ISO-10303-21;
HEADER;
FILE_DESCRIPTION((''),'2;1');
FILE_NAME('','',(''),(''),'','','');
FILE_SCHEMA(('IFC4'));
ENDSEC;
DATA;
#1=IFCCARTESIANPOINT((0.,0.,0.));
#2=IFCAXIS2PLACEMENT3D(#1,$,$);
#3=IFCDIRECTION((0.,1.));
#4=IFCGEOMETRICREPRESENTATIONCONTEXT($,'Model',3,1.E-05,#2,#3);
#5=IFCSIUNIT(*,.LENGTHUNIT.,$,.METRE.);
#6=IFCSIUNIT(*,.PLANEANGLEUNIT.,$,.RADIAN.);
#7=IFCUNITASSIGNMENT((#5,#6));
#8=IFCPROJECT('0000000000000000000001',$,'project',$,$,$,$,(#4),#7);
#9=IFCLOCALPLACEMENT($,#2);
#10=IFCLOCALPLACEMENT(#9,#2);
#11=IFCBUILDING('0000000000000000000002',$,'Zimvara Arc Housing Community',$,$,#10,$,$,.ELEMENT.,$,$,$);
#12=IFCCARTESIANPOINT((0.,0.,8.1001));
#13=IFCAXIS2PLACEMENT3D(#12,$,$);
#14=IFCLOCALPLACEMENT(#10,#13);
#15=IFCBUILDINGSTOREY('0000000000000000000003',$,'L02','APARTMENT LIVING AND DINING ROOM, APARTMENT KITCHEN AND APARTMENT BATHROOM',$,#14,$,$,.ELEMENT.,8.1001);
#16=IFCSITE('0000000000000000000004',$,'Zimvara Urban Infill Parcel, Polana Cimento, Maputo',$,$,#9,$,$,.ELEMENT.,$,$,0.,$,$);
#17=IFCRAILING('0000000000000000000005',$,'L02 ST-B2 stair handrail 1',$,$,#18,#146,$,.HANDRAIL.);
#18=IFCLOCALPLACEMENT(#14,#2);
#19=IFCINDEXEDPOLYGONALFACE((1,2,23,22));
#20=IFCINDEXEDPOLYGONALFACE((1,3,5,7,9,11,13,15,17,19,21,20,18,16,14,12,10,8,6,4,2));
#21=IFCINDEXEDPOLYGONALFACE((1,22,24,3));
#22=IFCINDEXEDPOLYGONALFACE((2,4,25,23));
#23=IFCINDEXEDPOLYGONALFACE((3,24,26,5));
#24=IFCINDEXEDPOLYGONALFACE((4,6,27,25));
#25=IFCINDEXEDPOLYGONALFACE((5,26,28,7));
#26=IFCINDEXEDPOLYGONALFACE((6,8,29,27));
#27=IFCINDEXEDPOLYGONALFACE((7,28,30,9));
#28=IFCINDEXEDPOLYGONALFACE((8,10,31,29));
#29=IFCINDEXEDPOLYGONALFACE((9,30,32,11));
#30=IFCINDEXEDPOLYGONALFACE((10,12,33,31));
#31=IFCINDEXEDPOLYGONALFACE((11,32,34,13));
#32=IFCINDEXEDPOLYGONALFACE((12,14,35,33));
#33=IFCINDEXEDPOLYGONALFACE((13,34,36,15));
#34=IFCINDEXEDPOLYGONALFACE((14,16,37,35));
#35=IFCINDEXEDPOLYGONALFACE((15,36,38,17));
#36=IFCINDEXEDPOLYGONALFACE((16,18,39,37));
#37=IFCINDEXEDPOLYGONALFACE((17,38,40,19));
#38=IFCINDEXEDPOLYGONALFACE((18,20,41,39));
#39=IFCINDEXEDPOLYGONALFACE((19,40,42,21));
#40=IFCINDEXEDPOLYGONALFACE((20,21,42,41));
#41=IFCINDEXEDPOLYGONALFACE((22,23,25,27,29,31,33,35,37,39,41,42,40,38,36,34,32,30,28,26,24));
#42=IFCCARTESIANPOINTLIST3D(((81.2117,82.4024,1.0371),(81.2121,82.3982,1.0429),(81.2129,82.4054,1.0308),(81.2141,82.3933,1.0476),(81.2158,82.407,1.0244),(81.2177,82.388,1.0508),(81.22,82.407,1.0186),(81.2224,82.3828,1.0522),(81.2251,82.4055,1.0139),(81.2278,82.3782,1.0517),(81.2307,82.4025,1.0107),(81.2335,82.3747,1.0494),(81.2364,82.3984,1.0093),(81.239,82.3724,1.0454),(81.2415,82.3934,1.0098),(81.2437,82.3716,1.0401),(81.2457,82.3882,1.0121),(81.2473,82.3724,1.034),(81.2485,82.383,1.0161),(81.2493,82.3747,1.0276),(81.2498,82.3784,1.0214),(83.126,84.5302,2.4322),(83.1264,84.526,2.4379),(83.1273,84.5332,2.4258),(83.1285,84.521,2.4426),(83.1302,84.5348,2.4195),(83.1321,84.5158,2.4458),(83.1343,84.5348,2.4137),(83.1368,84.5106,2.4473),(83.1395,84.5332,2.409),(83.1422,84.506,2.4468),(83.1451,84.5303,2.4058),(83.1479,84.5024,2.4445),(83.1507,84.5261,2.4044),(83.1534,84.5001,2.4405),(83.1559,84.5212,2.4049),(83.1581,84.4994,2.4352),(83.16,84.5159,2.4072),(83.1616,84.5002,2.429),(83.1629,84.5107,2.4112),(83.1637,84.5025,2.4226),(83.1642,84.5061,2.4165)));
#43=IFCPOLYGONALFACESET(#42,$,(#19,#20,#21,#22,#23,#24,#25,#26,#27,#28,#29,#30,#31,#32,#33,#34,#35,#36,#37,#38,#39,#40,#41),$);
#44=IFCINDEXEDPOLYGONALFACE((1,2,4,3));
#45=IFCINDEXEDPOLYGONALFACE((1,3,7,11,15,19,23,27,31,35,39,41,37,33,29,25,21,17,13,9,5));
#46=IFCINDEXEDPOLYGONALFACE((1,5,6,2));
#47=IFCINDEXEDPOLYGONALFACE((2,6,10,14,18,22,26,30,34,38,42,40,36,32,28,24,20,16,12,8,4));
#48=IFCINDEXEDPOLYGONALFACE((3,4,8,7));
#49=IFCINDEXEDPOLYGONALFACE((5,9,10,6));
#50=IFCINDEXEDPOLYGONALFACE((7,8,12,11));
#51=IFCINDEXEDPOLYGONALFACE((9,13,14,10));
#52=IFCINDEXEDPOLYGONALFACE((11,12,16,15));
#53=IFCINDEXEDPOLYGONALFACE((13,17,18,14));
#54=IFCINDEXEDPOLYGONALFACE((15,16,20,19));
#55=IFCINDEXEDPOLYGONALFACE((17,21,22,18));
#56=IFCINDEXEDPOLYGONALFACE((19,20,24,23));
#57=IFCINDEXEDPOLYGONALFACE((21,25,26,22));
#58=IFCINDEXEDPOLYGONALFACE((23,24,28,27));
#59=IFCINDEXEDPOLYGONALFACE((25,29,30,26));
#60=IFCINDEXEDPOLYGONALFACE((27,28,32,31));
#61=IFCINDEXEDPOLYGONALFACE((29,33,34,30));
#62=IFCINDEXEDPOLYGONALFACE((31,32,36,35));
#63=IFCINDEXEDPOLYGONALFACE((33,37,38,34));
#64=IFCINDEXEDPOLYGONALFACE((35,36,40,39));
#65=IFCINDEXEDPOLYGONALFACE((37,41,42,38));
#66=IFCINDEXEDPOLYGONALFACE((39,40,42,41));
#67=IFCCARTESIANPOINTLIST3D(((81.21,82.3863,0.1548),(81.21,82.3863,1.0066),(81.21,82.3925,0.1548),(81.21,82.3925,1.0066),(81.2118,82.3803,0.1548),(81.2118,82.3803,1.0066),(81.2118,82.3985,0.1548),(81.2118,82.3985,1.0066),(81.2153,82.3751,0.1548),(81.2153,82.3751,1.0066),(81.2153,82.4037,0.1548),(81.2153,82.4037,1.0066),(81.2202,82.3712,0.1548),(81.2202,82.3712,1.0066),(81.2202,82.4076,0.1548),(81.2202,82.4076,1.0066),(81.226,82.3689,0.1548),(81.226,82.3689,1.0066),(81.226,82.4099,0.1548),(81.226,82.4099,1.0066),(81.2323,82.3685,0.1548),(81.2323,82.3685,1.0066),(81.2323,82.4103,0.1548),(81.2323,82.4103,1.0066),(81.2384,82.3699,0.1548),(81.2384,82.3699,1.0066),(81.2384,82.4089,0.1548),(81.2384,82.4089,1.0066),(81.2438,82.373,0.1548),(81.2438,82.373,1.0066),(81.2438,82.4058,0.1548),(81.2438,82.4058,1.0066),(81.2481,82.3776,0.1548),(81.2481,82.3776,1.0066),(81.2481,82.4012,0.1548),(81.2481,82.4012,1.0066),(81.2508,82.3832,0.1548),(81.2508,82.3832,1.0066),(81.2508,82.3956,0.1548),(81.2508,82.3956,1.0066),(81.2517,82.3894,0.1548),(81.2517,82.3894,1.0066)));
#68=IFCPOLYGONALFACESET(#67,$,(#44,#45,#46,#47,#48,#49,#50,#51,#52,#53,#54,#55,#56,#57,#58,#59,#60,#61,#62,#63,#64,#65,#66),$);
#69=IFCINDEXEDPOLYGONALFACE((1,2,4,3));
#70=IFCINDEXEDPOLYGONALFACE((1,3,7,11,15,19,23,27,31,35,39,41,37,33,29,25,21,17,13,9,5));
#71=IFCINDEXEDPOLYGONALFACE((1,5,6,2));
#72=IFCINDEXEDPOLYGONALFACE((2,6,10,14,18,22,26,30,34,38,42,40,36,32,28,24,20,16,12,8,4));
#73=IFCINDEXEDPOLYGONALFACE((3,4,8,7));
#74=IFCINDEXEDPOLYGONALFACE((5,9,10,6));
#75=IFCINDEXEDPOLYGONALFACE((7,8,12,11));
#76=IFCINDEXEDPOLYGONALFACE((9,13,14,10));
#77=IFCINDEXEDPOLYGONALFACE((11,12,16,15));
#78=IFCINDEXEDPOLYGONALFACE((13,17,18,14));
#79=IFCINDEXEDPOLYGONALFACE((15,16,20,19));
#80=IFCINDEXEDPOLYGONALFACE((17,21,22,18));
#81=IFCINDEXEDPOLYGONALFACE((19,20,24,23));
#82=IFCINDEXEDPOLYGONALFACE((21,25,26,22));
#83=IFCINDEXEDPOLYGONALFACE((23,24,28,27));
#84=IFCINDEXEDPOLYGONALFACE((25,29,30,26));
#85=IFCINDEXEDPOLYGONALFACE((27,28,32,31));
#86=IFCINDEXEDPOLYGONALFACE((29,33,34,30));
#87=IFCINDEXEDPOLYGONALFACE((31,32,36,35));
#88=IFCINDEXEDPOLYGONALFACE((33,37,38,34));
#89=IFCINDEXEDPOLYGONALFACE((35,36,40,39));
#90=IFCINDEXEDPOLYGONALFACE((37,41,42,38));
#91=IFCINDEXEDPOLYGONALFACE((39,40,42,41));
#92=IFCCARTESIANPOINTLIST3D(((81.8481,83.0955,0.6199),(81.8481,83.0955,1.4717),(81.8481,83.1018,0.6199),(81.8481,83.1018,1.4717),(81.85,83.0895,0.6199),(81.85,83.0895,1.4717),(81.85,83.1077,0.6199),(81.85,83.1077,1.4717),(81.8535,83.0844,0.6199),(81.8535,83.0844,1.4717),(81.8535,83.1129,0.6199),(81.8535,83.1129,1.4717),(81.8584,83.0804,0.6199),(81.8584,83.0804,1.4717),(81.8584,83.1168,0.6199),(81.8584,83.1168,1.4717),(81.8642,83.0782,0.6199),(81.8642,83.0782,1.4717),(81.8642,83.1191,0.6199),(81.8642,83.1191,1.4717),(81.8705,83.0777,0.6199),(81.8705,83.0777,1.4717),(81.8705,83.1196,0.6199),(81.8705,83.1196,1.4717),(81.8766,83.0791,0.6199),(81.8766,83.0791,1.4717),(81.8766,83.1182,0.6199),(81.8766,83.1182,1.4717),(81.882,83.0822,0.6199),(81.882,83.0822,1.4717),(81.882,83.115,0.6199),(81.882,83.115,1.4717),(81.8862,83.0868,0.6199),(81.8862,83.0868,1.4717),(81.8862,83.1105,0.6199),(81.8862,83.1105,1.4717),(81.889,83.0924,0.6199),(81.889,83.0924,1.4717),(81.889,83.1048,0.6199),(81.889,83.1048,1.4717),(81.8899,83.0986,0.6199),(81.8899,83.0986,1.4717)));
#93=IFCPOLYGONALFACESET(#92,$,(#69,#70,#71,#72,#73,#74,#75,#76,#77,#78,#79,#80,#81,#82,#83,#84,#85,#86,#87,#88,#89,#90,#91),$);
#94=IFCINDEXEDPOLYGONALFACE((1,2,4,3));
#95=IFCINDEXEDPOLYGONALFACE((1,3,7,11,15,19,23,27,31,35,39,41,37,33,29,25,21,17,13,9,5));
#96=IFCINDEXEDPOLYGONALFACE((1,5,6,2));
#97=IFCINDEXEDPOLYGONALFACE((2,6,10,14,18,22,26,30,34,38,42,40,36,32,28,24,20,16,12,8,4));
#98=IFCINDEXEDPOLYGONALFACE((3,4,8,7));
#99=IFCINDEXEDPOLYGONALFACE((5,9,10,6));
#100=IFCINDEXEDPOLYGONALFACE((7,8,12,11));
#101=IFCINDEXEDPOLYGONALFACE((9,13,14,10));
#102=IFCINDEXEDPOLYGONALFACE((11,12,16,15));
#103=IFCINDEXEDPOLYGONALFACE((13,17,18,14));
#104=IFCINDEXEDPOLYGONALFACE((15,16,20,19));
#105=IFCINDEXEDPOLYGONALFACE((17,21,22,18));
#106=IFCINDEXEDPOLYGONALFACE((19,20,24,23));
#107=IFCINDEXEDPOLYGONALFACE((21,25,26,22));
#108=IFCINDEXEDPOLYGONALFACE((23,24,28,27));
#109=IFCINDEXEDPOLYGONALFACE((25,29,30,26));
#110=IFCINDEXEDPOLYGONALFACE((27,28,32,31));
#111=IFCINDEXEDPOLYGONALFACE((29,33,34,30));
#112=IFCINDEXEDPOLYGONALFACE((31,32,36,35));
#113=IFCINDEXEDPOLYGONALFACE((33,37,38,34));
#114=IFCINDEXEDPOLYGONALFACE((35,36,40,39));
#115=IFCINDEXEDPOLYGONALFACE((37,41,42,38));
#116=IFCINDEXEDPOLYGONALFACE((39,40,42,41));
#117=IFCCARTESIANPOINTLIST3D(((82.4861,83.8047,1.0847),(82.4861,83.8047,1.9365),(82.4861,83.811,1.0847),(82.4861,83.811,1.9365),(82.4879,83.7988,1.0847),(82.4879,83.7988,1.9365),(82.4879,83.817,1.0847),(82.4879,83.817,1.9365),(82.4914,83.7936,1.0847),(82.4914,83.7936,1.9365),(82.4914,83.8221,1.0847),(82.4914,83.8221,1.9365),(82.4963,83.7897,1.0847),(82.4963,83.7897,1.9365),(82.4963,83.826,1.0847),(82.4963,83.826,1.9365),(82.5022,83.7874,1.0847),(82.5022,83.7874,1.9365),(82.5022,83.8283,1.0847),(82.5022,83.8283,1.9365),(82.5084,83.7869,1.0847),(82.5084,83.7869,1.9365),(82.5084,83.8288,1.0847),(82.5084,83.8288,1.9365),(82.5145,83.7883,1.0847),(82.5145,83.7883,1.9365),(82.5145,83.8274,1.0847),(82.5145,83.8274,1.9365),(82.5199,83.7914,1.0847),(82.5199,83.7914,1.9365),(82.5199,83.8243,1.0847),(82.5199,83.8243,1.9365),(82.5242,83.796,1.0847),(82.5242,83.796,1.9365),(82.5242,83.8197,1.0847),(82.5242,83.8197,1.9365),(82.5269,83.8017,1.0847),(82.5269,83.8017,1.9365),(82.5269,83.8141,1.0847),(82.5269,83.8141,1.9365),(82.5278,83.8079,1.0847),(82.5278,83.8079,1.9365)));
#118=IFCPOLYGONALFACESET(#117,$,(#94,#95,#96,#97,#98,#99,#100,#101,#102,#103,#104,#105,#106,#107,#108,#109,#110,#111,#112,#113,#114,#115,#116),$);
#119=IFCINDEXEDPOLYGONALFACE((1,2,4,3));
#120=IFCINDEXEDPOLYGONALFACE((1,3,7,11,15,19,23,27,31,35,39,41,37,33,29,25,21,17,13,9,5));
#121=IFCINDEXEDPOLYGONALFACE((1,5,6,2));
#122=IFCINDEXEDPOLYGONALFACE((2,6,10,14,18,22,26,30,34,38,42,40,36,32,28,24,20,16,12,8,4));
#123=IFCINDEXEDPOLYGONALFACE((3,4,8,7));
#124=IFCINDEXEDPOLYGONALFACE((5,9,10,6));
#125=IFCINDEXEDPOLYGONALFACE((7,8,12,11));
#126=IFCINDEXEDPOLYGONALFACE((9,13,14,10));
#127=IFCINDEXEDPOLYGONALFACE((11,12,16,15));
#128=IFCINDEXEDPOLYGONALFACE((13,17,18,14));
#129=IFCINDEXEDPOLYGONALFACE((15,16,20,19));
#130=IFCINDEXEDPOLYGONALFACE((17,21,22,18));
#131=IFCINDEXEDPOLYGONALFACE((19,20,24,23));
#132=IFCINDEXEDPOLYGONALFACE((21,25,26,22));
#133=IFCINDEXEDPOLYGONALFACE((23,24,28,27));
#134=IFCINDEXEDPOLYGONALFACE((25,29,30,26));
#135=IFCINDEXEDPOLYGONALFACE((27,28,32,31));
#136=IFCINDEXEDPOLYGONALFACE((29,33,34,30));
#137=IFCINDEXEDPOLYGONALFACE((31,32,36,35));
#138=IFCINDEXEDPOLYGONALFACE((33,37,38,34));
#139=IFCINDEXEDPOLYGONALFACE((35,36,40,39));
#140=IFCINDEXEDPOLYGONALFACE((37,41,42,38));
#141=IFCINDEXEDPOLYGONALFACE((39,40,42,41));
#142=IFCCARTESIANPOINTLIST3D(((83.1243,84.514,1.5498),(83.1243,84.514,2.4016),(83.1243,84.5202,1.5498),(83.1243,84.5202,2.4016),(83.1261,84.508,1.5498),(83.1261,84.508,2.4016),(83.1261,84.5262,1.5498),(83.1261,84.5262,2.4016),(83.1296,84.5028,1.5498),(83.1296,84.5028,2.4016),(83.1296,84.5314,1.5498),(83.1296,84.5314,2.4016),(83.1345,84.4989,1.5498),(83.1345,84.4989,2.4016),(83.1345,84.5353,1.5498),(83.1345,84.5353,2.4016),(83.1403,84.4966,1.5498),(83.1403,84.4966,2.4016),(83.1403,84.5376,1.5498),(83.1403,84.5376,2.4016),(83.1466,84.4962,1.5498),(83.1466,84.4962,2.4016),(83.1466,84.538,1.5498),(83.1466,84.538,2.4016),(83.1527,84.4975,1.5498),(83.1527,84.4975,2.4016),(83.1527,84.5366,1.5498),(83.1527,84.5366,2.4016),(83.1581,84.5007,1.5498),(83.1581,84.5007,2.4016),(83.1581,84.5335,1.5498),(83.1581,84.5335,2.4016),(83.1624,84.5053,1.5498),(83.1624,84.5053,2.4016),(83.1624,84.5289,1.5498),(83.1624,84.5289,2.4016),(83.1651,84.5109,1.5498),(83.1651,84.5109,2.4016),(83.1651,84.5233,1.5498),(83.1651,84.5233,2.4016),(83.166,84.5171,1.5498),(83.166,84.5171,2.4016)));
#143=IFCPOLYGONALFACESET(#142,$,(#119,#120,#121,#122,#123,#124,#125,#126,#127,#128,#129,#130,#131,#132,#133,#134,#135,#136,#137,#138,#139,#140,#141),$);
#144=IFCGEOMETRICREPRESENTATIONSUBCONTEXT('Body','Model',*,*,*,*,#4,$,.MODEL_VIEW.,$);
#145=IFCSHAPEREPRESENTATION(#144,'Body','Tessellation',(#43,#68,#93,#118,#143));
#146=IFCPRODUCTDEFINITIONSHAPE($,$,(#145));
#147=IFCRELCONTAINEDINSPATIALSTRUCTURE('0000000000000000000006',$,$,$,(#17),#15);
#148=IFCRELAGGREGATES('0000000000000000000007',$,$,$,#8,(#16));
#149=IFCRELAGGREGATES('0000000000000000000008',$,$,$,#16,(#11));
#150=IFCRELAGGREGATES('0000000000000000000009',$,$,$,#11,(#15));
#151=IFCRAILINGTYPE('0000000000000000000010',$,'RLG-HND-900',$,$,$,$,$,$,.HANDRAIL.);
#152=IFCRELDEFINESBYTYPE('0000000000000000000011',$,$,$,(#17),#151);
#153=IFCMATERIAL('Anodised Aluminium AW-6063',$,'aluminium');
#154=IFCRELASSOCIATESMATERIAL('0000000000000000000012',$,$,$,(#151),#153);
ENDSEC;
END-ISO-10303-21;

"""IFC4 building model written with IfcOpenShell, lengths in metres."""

from ifc_helpers import new_model, si_unit, direction, frame, origin, origin_2d, place, context, subcontext, project, spatial, circle, extrude, material, type_object, element, save


model = new_model("IFC4")

# Units and contexts
model_context = context("Model", 3, precision=1e-05, world=origin(), true_north=direction((0.0, 1.0)))
body_context = subcontext(model_context, "Body", "Model", "MODEL_VIEW")
ifc_project = project(units=[si_unit("LENGTHUNIT", "METRE"), si_unit("PLANEANGLEUNIT", "RADIAN")], contexts=[model_context])

# Site, building, storey
site_placement = place(None, origin())
site = spatial("IfcSite", under=ifc_project, at=site_placement, Name="Zimvara Urban Infill Parcel, Polana Cimento, Maputo", CompositionType="ELEMENT", RefElevation=0.0)
building_placement = place(site_placement, origin())
building = spatial("IfcBuilding", under=site, at=building_placement, Name="Zimvara Arc Housing Community", CompositionType="ELEMENT")
storey_placement = place(building_placement, frame((0.0, 0.0, 8.1001)))
storey = spatial("IfcBuildingStorey", under=building, at=storey_placement, Name="L02", Description="APARTMENT LIVING AND DINING ROOM, APARTMENT KITCHEN AND APARTMENT BATHROOM", CompositionType="ELEMENT", Elevation=8.1001)

# Railing
ifc_material_1 = material(Name="Anodised Aluminium AW-6063", Category="aluminium")
railing_type_1 = type_object("IfcRailingType", Name="RLG-HND-900", PredefinedType="HANDRAIL", material=ifc_material_1)
railing_1_placement = place(storey_placement, frame((81.2307, 82.3894, 0.1548)))
element("IfcRailing", 1, at=railing_1_placement, inside=storey, type_object=railing_type_1, Name="L02 ST-B2 stair handrail 1", PredefinedType="HANDRAIL", context=body_context, shape_type="SweptSolid", body=[
    extrude(circle(Radius=0.0239, at=origin_2d()), frame((0.0, 0.0, 0.876), z_axis=(0.601232, 0.668248, 0.438138), x_axis=(-0.7434, 0.668847, 0.0)), (0.0, 0.0, 1.0), 3.1841),
    extrude(circle(Radius=0.021, at=origin_2d()), origin(), (0.0, 0.0, 1.0), 0.8518),
    extrude(circle(Radius=0.021, at=origin_2d()), frame((0.6382, 0.7092, 0.4651)), (0.0, 0.0, 1.0), 0.8518),
    extrude(circle(Radius=0.021, at=origin_2d()), frame((1.2761, 1.4185, 0.9299)), (0.0, 0.0, 1.0), 0.8518),
    extrude(circle(Radius=0.021, at=origin_2d()), frame((1.9143, 2.1277, 1.395)), (0.0, 0.0, 1.0), 0.8518),
])

save(model, "model.ifc")
